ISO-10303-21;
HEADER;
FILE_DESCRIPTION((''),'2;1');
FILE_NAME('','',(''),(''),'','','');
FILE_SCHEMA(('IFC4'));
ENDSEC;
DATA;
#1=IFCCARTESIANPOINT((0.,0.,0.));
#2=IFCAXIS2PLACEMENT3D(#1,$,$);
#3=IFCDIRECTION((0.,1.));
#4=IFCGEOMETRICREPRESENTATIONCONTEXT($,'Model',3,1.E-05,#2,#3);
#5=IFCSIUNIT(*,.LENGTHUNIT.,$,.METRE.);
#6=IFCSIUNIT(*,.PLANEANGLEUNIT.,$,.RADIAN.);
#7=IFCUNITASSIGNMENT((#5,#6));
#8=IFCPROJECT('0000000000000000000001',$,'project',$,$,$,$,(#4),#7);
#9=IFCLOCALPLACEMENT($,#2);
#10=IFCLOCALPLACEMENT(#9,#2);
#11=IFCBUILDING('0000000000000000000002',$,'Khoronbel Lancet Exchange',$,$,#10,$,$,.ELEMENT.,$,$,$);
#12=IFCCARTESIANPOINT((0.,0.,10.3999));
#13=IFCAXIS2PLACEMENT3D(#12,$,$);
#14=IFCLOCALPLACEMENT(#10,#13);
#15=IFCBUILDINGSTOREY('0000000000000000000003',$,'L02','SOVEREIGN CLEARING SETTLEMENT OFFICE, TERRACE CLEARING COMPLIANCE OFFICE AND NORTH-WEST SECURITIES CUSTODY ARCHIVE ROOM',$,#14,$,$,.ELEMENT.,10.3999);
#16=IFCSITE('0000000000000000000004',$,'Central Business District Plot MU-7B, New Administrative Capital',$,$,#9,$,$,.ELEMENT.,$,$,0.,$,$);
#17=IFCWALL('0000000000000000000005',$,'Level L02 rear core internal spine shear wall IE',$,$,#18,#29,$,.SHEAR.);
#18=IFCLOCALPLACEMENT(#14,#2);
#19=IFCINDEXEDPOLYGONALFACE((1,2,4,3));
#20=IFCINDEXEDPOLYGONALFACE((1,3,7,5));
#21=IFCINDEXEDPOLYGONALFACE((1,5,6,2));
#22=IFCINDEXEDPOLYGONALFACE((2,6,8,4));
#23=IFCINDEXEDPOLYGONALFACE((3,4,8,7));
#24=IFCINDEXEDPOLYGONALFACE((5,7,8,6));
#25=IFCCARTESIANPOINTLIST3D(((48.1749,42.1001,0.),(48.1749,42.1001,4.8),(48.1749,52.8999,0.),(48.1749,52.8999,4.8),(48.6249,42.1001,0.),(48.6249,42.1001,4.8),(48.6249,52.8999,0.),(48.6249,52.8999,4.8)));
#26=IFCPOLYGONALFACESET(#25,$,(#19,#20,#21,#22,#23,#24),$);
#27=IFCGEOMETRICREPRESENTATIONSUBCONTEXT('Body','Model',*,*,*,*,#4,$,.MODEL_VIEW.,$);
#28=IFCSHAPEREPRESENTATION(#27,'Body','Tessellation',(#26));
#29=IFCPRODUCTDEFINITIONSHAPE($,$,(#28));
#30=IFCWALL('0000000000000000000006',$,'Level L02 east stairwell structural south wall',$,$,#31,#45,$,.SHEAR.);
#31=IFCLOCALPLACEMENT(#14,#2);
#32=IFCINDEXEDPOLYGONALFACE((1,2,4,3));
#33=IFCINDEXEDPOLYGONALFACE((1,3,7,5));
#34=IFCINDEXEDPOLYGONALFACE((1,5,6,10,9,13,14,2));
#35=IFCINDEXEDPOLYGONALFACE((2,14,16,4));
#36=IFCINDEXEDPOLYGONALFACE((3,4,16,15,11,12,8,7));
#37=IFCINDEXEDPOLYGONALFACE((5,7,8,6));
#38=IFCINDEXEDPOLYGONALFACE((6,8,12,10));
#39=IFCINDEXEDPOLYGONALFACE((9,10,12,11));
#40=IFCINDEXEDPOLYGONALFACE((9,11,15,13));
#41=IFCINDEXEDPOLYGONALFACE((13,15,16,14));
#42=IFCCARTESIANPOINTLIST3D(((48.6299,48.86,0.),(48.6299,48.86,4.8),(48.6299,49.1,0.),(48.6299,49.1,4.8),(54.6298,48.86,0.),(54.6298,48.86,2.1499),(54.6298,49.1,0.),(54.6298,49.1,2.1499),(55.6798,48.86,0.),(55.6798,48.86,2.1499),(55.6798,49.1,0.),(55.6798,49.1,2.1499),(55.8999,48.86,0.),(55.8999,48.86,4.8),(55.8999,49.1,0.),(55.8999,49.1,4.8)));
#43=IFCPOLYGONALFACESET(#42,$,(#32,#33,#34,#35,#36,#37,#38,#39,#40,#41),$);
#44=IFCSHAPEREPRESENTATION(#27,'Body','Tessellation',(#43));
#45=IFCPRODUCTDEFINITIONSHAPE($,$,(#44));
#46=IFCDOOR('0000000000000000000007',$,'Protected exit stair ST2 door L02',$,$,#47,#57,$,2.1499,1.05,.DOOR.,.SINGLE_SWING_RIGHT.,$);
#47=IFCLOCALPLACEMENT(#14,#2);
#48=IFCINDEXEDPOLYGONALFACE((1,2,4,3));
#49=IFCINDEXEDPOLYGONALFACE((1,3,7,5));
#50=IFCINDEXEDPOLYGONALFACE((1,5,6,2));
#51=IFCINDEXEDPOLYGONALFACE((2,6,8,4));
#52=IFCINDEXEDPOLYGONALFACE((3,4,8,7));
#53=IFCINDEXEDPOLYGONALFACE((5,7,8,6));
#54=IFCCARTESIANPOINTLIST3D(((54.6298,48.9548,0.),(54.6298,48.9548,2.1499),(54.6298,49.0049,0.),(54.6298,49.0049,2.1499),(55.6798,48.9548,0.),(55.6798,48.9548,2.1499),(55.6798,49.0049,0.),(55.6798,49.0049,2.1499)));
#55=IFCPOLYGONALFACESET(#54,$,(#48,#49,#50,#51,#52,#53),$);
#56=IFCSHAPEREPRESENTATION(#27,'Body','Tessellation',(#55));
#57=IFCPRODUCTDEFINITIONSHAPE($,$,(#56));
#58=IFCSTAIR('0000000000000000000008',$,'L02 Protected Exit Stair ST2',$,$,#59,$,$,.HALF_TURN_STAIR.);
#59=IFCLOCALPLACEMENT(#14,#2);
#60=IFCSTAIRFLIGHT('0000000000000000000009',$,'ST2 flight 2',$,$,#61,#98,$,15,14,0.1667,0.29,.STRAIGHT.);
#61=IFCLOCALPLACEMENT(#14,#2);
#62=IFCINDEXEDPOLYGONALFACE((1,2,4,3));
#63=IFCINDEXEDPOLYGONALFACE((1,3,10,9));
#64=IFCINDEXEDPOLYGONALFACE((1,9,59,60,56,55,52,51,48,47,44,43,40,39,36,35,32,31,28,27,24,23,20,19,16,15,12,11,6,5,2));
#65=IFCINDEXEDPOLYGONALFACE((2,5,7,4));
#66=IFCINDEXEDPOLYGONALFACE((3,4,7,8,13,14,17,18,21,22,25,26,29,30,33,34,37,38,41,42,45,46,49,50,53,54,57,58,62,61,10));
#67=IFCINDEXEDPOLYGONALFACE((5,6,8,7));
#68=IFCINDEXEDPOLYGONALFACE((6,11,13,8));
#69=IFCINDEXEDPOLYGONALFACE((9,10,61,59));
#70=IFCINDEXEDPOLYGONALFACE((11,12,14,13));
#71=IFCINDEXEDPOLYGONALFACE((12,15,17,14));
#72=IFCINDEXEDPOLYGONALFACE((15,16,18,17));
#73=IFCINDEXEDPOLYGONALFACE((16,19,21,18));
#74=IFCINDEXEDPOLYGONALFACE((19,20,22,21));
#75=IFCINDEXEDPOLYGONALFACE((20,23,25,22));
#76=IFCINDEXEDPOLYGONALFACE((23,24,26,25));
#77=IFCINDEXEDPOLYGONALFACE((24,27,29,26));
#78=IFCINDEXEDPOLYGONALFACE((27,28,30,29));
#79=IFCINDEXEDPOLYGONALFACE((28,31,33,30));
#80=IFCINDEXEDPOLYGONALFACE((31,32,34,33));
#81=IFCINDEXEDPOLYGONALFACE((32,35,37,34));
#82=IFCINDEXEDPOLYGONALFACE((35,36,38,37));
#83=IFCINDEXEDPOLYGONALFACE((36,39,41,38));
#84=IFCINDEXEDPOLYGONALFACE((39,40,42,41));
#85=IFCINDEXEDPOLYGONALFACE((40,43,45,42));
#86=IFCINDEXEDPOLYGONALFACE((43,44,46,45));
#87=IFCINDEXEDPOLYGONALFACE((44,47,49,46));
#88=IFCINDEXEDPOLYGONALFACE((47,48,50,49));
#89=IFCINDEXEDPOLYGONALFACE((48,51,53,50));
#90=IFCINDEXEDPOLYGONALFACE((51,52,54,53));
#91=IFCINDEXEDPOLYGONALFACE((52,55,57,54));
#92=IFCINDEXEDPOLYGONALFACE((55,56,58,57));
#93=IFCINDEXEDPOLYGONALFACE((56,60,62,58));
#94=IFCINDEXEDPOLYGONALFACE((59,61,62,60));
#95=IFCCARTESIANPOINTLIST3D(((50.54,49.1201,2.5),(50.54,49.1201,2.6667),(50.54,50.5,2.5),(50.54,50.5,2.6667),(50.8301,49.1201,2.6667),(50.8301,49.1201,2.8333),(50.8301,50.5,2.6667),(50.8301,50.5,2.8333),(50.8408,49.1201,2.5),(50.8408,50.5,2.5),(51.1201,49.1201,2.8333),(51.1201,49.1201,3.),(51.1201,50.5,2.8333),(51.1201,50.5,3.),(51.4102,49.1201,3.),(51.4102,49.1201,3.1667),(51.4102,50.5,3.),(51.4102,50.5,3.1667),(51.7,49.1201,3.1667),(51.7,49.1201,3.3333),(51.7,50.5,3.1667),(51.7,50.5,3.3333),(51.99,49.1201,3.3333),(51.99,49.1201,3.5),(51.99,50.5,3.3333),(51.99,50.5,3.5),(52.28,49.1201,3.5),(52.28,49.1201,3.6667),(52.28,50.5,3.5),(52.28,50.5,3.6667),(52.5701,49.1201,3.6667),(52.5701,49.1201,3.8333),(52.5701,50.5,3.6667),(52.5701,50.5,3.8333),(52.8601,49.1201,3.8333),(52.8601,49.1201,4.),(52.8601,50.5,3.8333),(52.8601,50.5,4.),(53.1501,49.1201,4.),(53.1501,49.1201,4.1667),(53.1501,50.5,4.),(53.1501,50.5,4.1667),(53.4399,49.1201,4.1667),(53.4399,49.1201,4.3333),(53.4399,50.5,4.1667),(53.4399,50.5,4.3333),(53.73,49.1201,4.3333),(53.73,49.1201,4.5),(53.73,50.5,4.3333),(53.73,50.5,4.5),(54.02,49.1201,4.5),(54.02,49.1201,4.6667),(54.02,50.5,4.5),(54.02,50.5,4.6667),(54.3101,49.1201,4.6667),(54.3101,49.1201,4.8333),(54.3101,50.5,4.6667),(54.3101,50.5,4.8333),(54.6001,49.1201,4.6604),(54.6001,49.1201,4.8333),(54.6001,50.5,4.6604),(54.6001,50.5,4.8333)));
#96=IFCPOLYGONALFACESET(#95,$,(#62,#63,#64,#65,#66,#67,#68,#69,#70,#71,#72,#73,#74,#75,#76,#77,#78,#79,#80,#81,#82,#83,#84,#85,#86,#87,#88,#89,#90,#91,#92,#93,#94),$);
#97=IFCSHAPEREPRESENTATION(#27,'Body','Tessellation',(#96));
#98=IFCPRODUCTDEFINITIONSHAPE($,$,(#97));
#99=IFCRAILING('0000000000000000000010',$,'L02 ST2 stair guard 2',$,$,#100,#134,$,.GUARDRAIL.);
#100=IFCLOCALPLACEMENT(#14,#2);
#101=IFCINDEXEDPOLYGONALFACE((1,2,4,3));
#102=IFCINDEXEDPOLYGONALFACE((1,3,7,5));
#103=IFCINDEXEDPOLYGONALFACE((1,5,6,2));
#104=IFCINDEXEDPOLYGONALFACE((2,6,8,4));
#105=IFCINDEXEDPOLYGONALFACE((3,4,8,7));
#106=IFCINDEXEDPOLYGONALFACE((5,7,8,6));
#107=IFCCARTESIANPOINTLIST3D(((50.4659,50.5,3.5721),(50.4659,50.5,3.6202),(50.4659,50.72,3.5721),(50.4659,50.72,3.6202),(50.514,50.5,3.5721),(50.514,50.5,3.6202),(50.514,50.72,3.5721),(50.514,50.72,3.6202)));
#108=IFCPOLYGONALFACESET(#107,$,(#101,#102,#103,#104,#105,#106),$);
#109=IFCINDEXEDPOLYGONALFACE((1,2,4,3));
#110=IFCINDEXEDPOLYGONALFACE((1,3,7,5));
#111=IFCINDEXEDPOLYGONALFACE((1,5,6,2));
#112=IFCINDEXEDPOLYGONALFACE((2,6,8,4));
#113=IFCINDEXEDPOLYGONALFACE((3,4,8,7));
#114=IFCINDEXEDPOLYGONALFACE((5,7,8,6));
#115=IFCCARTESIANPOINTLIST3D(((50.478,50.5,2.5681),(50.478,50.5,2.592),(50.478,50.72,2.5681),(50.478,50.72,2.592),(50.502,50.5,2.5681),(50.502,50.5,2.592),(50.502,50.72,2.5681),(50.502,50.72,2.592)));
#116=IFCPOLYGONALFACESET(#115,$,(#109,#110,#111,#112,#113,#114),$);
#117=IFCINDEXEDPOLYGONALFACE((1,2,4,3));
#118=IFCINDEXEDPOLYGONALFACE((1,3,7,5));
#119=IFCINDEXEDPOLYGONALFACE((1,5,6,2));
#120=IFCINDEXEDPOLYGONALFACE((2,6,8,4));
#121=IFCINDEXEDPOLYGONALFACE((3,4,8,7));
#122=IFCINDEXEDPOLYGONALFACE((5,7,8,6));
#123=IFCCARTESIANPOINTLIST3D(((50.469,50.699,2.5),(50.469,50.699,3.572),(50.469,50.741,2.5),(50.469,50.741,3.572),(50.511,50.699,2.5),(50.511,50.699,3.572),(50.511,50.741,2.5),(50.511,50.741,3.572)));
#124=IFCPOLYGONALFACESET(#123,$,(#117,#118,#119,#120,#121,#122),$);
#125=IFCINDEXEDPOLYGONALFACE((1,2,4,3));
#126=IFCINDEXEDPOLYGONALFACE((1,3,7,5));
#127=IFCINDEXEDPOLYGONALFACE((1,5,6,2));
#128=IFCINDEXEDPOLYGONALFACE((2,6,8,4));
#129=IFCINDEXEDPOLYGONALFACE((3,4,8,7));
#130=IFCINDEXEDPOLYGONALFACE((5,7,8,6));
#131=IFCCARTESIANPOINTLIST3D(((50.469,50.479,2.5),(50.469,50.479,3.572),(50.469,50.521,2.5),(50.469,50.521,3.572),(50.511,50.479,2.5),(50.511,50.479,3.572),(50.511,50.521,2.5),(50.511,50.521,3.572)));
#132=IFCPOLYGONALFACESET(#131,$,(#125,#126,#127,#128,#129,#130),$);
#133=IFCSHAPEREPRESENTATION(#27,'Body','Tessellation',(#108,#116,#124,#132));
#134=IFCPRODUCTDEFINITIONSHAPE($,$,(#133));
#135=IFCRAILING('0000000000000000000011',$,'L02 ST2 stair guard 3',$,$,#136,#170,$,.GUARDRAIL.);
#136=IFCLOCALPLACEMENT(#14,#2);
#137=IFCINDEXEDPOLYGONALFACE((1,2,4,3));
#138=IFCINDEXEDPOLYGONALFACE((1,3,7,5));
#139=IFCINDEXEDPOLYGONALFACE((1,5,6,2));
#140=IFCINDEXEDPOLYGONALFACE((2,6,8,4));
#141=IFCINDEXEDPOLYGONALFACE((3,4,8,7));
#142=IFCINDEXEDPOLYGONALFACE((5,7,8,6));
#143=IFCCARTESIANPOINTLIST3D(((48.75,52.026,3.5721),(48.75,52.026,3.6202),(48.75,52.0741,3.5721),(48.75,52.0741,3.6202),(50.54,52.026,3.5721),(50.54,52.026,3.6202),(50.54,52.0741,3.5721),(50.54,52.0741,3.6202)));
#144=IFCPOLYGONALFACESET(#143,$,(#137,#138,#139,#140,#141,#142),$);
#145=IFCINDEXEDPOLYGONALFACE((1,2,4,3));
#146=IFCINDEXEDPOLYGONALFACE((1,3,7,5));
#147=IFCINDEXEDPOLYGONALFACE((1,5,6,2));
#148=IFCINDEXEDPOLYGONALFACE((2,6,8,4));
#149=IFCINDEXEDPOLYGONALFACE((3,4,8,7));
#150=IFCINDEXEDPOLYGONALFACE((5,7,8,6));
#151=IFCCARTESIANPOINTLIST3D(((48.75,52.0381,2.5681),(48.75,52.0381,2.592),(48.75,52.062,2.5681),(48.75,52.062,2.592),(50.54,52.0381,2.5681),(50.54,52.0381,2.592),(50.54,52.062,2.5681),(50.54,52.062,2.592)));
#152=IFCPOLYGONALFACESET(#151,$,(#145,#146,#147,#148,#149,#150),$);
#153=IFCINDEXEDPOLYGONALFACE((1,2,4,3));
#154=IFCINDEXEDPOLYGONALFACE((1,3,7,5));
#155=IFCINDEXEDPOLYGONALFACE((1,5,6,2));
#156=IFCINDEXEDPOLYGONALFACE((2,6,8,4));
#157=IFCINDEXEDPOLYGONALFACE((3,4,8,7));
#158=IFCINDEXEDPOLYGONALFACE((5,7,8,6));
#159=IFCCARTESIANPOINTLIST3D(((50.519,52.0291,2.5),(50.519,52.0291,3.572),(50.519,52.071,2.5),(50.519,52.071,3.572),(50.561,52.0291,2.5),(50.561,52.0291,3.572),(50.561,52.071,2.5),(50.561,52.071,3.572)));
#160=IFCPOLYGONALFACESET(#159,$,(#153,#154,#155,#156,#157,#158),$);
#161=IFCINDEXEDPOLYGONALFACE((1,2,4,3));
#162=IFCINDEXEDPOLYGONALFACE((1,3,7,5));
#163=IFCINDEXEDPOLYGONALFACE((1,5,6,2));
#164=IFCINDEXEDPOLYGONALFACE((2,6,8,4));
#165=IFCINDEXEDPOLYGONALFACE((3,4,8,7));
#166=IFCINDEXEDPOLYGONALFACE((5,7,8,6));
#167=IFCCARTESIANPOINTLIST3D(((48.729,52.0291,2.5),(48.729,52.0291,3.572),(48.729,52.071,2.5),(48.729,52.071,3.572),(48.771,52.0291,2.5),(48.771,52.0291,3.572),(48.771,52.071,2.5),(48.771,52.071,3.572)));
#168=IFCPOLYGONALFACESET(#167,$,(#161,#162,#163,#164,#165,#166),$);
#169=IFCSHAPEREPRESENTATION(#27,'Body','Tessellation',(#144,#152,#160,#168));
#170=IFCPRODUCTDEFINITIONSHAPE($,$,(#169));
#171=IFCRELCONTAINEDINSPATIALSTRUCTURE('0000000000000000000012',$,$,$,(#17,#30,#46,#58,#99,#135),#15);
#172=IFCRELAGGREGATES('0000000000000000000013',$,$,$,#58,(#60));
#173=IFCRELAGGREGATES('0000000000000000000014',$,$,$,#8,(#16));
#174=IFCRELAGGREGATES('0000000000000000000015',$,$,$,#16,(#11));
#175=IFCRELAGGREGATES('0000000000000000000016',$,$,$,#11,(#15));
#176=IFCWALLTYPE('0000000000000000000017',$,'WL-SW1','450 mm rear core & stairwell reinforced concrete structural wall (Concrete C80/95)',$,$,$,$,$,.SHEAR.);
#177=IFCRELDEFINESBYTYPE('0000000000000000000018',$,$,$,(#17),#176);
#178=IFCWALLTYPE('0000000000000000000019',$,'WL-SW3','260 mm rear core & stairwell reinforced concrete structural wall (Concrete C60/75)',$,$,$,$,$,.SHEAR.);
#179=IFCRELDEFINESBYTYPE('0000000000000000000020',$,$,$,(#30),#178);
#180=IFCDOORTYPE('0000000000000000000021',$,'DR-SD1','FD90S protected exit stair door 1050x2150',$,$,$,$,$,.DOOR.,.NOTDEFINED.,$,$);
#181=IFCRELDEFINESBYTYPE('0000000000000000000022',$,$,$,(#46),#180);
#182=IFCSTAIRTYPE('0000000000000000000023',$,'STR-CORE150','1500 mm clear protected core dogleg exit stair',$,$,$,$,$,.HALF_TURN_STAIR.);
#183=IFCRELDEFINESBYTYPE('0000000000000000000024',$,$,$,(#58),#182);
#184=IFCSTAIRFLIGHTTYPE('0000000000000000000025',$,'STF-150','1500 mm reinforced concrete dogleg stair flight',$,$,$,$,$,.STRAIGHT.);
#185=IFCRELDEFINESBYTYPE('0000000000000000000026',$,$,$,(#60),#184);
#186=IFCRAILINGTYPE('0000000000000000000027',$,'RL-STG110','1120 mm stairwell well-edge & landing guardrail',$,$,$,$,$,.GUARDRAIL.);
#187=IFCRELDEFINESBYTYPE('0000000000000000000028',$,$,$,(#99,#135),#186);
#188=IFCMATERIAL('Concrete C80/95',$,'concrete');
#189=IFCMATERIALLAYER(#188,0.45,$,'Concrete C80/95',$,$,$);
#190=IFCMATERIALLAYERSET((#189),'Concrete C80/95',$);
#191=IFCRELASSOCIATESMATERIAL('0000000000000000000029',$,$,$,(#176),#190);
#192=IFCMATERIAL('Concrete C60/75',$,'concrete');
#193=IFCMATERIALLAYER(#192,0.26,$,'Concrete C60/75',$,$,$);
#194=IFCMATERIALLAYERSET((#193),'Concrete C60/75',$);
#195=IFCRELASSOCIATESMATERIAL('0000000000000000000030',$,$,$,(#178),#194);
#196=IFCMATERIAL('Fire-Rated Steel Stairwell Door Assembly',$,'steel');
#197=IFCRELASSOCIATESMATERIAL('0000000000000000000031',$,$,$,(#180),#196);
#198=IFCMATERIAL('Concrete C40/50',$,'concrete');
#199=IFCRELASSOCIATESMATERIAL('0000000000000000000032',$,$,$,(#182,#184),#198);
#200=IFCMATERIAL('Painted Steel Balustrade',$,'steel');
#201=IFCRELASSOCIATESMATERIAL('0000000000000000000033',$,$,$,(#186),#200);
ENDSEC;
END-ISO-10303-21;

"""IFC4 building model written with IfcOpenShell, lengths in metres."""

from ifc_helpers import new_model, si_unit, direction, frame, frame_2d, origin, origin_2d, place, context, subcontext, project, spatial, polyline, rectangle, outline, extrude, material, layer, layer_set, type_object, element, fill, aggregate, save


model = new_model("IFC4")

# Units and contexts
model_context = context("Model", 3, precision=1e-05, world=origin(), true_north=direction((0.0, 1.0)))
body_context = subcontext(model_context, "Body", "Model", "MODEL_VIEW")
ifc_project = project(units=[si_unit("LENGTHUNIT", "METRE"), si_unit("PLANEANGLEUNIT", "RADIAN")], contexts=[model_context])

# Site, building, storey
site_placement = place(None, origin())
site = spatial("IfcSite", under=ifc_project, at=site_placement, Name="Central Business District Plot MU-7B, New Administrative Capital", CompositionType="ELEMENT", RefElevation=0.0)
building_placement = place(site_placement, origin())
building = spatial("IfcBuilding", under=site, at=building_placement, Name="Khoronbel Lancet Exchange", CompositionType="ELEMENT")
storey_placement = place(building_placement, frame((0.0, 0.0, 10.3999)))
storey = spatial("IfcBuildingStorey", under=building, at=storey_placement, Name="L02", Description="SOVEREIGN CLEARING SETTLEMENT OFFICE, TERRACE CLEARING COMPLIANCE OFFICE AND NORTH-WEST SECURITIES CUSTODY ARCHIVE ROOM", CompositionType="ELEMENT", Elevation=10.3999)

# Wall
ifc_material_1 = material(Name="Concrete C80/95", Category="concrete")
ifc_layer_1 = layer(ifc_material_1, 0.45, Name="Concrete C80/95")
ifc_layer_set_1 = layer_set([ifc_layer_1], Name="Concrete C80/95")
wall_type_1 = type_object("IfcWallType", Name="WL-SW1", Description="450 mm rear core & stairwell reinforced concrete structural wall (Concrete C80/95)", PredefinedType="SHEAR", material=ifc_layer_set_1)
wall_1_placement = place(storey_placement, frame((48.3999, 42.1001, 0.0), z_axis=(0.0, 0.0, 1.0), x_axis=(0.0, 1.0, 0.0)))
element("IfcWall", 1, at=wall_1_placement, inside=storey, type_object=wall_type_1, Name="Level L02 rear core internal spine shear wall IE", PredefinedType="SHEAR", context=body_context, shape_type="SweptSolid", body=[
    extrude(rectangle(XDim=10.7998, YDim=0.45, at=frame_2d((5.3999, 0.0))), origin(), (0.0, 0.0, 1.0), 4.8),
])

# Wall, opening, door
ifc_material_2 = material(Name="Concrete C60/75", Category="concrete")
ifc_layer_2 = layer(ifc_material_2, 0.26, Name="Concrete C60/75")
ifc_layer_set_2 = layer_set([ifc_layer_2], Name="Concrete C60/75")
wall_type_2 = type_object("IfcWallType", Name="WL-SW3", Description="260 mm rear core & stairwell reinforced concrete structural wall (Concrete C60/75)", PredefinedType="SHEAR", material=ifc_layer_set_2)
wall_2_placement = place(storey_placement, frame((48.6299, 48.98, 0.0), z_axis=(0.0, 0.0, 1.0), x_axis=(1.0, 0.0, 0.0)))
wall_2 = element("IfcWall", 2, at=wall_2_placement, inside=storey, type_object=wall_type_2, Name="Level L02 east stairwell structural south wall", PredefinedType="SHEAR", context=body_context, shape_type="SweptSolid", body=[
    extrude(rectangle(XDim=7.27, YDim=0.24, at=frame_2d((3.635, 0.0))), origin(), (0.0, 0.0, 1.0), 4.8),
])
opening_1_placement = place(wall_2_placement, frame((6.0, 0.0, 0.0)))
opening_1 = element("IfcOpeningElement", 3, at=opening_1_placement, cuts=wall_2, PredefinedType="OPENING", context=body_context, shape_type="SweptSolid", body=[
    extrude(rectangle(XDim=1.05, YDim=2.1499, at=frame_2d((0.5249, 1.075))), frame((0.0, 0.1299, 0.0), z_axis=(0.0, -1.0, 0.0), x_axis=(1.0, 0.0, 0.0)), (0.0, 0.0, 1.0), 0.26),
])
ifc_material_3 = material(Name="Fire-Rated Steel Stairwell Door Assembly", Category="steel")
door_type_1 = type_object("IfcDoorType", Name="DR-SD1", Description="FD90S protected exit stair door 1050x2150", OperationType="NOTDEFINED", PredefinedType="DOOR", material=ifc_material_3)
door_1_placement = place(opening_1_placement, origin())
door_1 = element("IfcDoor", 4, at=door_1_placement, inside=storey, type_object=door_type_1, Name="Protected exit stair ST2 door L02", OperationType="SINGLE_SWING_RIGHT", OverallHeight=2.1499, OverallWidth=1.05, PredefinedType="DOOR", context=body_context, shape_type="SweptSolid", body=[
    extrude(rectangle(XDim=1.05, YDim=2.1499, at=frame_2d((0.5249, 1.075))), frame((0.0, 0.0249, 0.0), z_axis=(0.0, -1.0, 0.0), x_axis=(1.0, 0.0, 0.0)), (0.0, 0.0, 1.0), 0.05),
])
fill(opening_1, door_1)

# Stair, stair flight
ifc_material_4 = material(Name="Concrete C40/50", Category="concrete")
stair_type = type_object("IfcStairType", Name="STR-CORE150", Description="1500 mm clear protected core dogleg exit stair", PredefinedType="HALF_TURN_STAIR", material=ifc_material_4)
stair_placement = place(storey_placement, origin())
stair = element("IfcStair", 5, at=stair_placement, inside=storey, type_object=stair_type, Name="L02 Protected Exit Stair ST2", PredefinedType="HALF_TURN_STAIR")
stair_flight_type = type_object("IfcStairFlightType", Name="STF-150", Description="1500 mm reinforced concrete dogleg stair flight", PredefinedType="STRAIGHT", material=ifc_material_4)
stair_flight_placement = place(storey_placement, frame((50.54, 49.8101, 2.5), z_axis=(0.0, 0.0, 1.0), x_axis=(1.0, 0.0, 0.0)))
stair_flight = element("IfcStairFlight", 6, at=stair_flight_placement, type_object=stair_flight_type, Name="ST2 flight 2", NumberOfRisers=15, NumberOfTreads=14, PredefinedType="STRAIGHT", RiserHeight=0.1667, TreadLength=0.29, context=body_context, shape_type="SweptSolid", body=[
    extrude(outline(polyline([(0.0, 0.0), (0.0, 0.1667), (0.29, 0.1667), (0.29, 0.3333), (0.5801, 0.3333), (0.5801, 0.5), (0.8701, 0.5), (0.8701, 0.6667), (1.1599, 0.6667), (1.1599, 0.8333), (1.45, 0.8333), (1.45, 1.0), (1.74, 1.0), (1.74, 1.1667), (2.03, 1.1667), (2.03, 1.3333), (2.3201, 1.3333), (2.3201, 1.5), (2.6101, 1.5), (2.6101, 1.6667), (2.8999, 1.6667), (2.8999, 1.8333), (3.1899, 1.8333), (3.1899, 2.0), (3.48, 2.0), (3.48, 2.1667), (3.77, 2.1667), (3.77, 2.3333), (4.0601, 2.3333), (4.0601, 2.5), (4.0601, 2.1604), (0.3008, 0.0), (0.0, 0.0)])), frame((0.0, 0.6899, 0.0), z_axis=(0.0, -1.0, 0.0), x_axis=(1.0, 0.0, 0.0)), (0.0, 0.0, 1.0), 1.3799),
])
aggregate(stair, [stair_flight])

# Railings
ifc_material_5 = material(Name="Painted Steel Balustrade", Category="steel")
railing_type_1 = type_object("IfcRailingType", Name="RL-STG110", Description="1120 mm stairwell well-edge & landing guardrail", PredefinedType="GUARDRAIL", material=ifc_material_5)
railing_1_placement = place(storey_placement, frame((50.49, 50.72, 2.5)))
element("IfcRailing", 7, at=railing_1_placement, inside=storey, type_object=railing_type_1, Name="L02 ST2 stair guard 2", PredefinedType="GUARDRAIL", context=body_context, shape_type="SweptSolid", body=[
    extrude(rectangle(XDim=0.0481, YDim=0.0481, at=origin_2d()), frame((0.0, 0.0, 1.0962), z_axis=(0.0, -1.0, 0.0), x_axis=(1.0, 0.0, 0.0)), (0.0, 0.0, 1.0), 0.22),
    extrude(rectangle(XDim=0.0239, YDim=0.0239, at=origin_2d()), frame((0.0, 0.0, 0.0801), z_axis=(0.0, -1.0, 0.0), x_axis=(1.0, 0.0, 0.0)), (0.0, 0.0, 1.0), 0.22),
    extrude(rectangle(XDim=0.042, YDim=0.042, at=origin_2d()), origin(), (0.0, 0.0, 1.0), 1.072),
    extrude(rectangle(XDim=0.042, YDim=0.042, at=origin_2d()), frame((0.0, -0.22, 0.0)), (0.0, 0.0, 1.0), 1.072),
])
railing_2_placement = place(storey_placement, frame((50.54, 52.05, 2.5)))
element("IfcRailing", 8, at=railing_2_placement, inside=storey, type_object=railing_type_1, Name="L02 ST2 stair guard 3", PredefinedType="GUARDRAIL", context=body_context, shape_type="SweptSolid", body=[
    extrude(rectangle(XDim=0.0481, YDim=0.0481, at=origin_2d()), frame((0.0, 0.0, 1.0962), z_axis=(-1.0, 0.0, 0.0), x_axis=(0.0, -1.0, 0.0)), (0.0, 0.0, 1.0), 1.79),
    extrude(rectangle(XDim=0.0239, YDim=0.0239, at=origin_2d()), frame((0.0, 0.0, 0.0801), z_axis=(-1.0, 0.0, 0.0), x_axis=(0.0, -1.0, 0.0)), (0.0, 0.0, 1.0), 1.79),
    extrude(rectangle(XDim=0.042, YDim=0.042, at=origin_2d()), origin(), (0.0, 0.0, 1.0), 1.072),
    extrude(rectangle(XDim=0.042, YDim=0.042, at=origin_2d()), frame((-1.79, 0.0, 0.0)), (0.0, 0.0, 1.0), 1.072),
])

save(model, "model.ifc")
